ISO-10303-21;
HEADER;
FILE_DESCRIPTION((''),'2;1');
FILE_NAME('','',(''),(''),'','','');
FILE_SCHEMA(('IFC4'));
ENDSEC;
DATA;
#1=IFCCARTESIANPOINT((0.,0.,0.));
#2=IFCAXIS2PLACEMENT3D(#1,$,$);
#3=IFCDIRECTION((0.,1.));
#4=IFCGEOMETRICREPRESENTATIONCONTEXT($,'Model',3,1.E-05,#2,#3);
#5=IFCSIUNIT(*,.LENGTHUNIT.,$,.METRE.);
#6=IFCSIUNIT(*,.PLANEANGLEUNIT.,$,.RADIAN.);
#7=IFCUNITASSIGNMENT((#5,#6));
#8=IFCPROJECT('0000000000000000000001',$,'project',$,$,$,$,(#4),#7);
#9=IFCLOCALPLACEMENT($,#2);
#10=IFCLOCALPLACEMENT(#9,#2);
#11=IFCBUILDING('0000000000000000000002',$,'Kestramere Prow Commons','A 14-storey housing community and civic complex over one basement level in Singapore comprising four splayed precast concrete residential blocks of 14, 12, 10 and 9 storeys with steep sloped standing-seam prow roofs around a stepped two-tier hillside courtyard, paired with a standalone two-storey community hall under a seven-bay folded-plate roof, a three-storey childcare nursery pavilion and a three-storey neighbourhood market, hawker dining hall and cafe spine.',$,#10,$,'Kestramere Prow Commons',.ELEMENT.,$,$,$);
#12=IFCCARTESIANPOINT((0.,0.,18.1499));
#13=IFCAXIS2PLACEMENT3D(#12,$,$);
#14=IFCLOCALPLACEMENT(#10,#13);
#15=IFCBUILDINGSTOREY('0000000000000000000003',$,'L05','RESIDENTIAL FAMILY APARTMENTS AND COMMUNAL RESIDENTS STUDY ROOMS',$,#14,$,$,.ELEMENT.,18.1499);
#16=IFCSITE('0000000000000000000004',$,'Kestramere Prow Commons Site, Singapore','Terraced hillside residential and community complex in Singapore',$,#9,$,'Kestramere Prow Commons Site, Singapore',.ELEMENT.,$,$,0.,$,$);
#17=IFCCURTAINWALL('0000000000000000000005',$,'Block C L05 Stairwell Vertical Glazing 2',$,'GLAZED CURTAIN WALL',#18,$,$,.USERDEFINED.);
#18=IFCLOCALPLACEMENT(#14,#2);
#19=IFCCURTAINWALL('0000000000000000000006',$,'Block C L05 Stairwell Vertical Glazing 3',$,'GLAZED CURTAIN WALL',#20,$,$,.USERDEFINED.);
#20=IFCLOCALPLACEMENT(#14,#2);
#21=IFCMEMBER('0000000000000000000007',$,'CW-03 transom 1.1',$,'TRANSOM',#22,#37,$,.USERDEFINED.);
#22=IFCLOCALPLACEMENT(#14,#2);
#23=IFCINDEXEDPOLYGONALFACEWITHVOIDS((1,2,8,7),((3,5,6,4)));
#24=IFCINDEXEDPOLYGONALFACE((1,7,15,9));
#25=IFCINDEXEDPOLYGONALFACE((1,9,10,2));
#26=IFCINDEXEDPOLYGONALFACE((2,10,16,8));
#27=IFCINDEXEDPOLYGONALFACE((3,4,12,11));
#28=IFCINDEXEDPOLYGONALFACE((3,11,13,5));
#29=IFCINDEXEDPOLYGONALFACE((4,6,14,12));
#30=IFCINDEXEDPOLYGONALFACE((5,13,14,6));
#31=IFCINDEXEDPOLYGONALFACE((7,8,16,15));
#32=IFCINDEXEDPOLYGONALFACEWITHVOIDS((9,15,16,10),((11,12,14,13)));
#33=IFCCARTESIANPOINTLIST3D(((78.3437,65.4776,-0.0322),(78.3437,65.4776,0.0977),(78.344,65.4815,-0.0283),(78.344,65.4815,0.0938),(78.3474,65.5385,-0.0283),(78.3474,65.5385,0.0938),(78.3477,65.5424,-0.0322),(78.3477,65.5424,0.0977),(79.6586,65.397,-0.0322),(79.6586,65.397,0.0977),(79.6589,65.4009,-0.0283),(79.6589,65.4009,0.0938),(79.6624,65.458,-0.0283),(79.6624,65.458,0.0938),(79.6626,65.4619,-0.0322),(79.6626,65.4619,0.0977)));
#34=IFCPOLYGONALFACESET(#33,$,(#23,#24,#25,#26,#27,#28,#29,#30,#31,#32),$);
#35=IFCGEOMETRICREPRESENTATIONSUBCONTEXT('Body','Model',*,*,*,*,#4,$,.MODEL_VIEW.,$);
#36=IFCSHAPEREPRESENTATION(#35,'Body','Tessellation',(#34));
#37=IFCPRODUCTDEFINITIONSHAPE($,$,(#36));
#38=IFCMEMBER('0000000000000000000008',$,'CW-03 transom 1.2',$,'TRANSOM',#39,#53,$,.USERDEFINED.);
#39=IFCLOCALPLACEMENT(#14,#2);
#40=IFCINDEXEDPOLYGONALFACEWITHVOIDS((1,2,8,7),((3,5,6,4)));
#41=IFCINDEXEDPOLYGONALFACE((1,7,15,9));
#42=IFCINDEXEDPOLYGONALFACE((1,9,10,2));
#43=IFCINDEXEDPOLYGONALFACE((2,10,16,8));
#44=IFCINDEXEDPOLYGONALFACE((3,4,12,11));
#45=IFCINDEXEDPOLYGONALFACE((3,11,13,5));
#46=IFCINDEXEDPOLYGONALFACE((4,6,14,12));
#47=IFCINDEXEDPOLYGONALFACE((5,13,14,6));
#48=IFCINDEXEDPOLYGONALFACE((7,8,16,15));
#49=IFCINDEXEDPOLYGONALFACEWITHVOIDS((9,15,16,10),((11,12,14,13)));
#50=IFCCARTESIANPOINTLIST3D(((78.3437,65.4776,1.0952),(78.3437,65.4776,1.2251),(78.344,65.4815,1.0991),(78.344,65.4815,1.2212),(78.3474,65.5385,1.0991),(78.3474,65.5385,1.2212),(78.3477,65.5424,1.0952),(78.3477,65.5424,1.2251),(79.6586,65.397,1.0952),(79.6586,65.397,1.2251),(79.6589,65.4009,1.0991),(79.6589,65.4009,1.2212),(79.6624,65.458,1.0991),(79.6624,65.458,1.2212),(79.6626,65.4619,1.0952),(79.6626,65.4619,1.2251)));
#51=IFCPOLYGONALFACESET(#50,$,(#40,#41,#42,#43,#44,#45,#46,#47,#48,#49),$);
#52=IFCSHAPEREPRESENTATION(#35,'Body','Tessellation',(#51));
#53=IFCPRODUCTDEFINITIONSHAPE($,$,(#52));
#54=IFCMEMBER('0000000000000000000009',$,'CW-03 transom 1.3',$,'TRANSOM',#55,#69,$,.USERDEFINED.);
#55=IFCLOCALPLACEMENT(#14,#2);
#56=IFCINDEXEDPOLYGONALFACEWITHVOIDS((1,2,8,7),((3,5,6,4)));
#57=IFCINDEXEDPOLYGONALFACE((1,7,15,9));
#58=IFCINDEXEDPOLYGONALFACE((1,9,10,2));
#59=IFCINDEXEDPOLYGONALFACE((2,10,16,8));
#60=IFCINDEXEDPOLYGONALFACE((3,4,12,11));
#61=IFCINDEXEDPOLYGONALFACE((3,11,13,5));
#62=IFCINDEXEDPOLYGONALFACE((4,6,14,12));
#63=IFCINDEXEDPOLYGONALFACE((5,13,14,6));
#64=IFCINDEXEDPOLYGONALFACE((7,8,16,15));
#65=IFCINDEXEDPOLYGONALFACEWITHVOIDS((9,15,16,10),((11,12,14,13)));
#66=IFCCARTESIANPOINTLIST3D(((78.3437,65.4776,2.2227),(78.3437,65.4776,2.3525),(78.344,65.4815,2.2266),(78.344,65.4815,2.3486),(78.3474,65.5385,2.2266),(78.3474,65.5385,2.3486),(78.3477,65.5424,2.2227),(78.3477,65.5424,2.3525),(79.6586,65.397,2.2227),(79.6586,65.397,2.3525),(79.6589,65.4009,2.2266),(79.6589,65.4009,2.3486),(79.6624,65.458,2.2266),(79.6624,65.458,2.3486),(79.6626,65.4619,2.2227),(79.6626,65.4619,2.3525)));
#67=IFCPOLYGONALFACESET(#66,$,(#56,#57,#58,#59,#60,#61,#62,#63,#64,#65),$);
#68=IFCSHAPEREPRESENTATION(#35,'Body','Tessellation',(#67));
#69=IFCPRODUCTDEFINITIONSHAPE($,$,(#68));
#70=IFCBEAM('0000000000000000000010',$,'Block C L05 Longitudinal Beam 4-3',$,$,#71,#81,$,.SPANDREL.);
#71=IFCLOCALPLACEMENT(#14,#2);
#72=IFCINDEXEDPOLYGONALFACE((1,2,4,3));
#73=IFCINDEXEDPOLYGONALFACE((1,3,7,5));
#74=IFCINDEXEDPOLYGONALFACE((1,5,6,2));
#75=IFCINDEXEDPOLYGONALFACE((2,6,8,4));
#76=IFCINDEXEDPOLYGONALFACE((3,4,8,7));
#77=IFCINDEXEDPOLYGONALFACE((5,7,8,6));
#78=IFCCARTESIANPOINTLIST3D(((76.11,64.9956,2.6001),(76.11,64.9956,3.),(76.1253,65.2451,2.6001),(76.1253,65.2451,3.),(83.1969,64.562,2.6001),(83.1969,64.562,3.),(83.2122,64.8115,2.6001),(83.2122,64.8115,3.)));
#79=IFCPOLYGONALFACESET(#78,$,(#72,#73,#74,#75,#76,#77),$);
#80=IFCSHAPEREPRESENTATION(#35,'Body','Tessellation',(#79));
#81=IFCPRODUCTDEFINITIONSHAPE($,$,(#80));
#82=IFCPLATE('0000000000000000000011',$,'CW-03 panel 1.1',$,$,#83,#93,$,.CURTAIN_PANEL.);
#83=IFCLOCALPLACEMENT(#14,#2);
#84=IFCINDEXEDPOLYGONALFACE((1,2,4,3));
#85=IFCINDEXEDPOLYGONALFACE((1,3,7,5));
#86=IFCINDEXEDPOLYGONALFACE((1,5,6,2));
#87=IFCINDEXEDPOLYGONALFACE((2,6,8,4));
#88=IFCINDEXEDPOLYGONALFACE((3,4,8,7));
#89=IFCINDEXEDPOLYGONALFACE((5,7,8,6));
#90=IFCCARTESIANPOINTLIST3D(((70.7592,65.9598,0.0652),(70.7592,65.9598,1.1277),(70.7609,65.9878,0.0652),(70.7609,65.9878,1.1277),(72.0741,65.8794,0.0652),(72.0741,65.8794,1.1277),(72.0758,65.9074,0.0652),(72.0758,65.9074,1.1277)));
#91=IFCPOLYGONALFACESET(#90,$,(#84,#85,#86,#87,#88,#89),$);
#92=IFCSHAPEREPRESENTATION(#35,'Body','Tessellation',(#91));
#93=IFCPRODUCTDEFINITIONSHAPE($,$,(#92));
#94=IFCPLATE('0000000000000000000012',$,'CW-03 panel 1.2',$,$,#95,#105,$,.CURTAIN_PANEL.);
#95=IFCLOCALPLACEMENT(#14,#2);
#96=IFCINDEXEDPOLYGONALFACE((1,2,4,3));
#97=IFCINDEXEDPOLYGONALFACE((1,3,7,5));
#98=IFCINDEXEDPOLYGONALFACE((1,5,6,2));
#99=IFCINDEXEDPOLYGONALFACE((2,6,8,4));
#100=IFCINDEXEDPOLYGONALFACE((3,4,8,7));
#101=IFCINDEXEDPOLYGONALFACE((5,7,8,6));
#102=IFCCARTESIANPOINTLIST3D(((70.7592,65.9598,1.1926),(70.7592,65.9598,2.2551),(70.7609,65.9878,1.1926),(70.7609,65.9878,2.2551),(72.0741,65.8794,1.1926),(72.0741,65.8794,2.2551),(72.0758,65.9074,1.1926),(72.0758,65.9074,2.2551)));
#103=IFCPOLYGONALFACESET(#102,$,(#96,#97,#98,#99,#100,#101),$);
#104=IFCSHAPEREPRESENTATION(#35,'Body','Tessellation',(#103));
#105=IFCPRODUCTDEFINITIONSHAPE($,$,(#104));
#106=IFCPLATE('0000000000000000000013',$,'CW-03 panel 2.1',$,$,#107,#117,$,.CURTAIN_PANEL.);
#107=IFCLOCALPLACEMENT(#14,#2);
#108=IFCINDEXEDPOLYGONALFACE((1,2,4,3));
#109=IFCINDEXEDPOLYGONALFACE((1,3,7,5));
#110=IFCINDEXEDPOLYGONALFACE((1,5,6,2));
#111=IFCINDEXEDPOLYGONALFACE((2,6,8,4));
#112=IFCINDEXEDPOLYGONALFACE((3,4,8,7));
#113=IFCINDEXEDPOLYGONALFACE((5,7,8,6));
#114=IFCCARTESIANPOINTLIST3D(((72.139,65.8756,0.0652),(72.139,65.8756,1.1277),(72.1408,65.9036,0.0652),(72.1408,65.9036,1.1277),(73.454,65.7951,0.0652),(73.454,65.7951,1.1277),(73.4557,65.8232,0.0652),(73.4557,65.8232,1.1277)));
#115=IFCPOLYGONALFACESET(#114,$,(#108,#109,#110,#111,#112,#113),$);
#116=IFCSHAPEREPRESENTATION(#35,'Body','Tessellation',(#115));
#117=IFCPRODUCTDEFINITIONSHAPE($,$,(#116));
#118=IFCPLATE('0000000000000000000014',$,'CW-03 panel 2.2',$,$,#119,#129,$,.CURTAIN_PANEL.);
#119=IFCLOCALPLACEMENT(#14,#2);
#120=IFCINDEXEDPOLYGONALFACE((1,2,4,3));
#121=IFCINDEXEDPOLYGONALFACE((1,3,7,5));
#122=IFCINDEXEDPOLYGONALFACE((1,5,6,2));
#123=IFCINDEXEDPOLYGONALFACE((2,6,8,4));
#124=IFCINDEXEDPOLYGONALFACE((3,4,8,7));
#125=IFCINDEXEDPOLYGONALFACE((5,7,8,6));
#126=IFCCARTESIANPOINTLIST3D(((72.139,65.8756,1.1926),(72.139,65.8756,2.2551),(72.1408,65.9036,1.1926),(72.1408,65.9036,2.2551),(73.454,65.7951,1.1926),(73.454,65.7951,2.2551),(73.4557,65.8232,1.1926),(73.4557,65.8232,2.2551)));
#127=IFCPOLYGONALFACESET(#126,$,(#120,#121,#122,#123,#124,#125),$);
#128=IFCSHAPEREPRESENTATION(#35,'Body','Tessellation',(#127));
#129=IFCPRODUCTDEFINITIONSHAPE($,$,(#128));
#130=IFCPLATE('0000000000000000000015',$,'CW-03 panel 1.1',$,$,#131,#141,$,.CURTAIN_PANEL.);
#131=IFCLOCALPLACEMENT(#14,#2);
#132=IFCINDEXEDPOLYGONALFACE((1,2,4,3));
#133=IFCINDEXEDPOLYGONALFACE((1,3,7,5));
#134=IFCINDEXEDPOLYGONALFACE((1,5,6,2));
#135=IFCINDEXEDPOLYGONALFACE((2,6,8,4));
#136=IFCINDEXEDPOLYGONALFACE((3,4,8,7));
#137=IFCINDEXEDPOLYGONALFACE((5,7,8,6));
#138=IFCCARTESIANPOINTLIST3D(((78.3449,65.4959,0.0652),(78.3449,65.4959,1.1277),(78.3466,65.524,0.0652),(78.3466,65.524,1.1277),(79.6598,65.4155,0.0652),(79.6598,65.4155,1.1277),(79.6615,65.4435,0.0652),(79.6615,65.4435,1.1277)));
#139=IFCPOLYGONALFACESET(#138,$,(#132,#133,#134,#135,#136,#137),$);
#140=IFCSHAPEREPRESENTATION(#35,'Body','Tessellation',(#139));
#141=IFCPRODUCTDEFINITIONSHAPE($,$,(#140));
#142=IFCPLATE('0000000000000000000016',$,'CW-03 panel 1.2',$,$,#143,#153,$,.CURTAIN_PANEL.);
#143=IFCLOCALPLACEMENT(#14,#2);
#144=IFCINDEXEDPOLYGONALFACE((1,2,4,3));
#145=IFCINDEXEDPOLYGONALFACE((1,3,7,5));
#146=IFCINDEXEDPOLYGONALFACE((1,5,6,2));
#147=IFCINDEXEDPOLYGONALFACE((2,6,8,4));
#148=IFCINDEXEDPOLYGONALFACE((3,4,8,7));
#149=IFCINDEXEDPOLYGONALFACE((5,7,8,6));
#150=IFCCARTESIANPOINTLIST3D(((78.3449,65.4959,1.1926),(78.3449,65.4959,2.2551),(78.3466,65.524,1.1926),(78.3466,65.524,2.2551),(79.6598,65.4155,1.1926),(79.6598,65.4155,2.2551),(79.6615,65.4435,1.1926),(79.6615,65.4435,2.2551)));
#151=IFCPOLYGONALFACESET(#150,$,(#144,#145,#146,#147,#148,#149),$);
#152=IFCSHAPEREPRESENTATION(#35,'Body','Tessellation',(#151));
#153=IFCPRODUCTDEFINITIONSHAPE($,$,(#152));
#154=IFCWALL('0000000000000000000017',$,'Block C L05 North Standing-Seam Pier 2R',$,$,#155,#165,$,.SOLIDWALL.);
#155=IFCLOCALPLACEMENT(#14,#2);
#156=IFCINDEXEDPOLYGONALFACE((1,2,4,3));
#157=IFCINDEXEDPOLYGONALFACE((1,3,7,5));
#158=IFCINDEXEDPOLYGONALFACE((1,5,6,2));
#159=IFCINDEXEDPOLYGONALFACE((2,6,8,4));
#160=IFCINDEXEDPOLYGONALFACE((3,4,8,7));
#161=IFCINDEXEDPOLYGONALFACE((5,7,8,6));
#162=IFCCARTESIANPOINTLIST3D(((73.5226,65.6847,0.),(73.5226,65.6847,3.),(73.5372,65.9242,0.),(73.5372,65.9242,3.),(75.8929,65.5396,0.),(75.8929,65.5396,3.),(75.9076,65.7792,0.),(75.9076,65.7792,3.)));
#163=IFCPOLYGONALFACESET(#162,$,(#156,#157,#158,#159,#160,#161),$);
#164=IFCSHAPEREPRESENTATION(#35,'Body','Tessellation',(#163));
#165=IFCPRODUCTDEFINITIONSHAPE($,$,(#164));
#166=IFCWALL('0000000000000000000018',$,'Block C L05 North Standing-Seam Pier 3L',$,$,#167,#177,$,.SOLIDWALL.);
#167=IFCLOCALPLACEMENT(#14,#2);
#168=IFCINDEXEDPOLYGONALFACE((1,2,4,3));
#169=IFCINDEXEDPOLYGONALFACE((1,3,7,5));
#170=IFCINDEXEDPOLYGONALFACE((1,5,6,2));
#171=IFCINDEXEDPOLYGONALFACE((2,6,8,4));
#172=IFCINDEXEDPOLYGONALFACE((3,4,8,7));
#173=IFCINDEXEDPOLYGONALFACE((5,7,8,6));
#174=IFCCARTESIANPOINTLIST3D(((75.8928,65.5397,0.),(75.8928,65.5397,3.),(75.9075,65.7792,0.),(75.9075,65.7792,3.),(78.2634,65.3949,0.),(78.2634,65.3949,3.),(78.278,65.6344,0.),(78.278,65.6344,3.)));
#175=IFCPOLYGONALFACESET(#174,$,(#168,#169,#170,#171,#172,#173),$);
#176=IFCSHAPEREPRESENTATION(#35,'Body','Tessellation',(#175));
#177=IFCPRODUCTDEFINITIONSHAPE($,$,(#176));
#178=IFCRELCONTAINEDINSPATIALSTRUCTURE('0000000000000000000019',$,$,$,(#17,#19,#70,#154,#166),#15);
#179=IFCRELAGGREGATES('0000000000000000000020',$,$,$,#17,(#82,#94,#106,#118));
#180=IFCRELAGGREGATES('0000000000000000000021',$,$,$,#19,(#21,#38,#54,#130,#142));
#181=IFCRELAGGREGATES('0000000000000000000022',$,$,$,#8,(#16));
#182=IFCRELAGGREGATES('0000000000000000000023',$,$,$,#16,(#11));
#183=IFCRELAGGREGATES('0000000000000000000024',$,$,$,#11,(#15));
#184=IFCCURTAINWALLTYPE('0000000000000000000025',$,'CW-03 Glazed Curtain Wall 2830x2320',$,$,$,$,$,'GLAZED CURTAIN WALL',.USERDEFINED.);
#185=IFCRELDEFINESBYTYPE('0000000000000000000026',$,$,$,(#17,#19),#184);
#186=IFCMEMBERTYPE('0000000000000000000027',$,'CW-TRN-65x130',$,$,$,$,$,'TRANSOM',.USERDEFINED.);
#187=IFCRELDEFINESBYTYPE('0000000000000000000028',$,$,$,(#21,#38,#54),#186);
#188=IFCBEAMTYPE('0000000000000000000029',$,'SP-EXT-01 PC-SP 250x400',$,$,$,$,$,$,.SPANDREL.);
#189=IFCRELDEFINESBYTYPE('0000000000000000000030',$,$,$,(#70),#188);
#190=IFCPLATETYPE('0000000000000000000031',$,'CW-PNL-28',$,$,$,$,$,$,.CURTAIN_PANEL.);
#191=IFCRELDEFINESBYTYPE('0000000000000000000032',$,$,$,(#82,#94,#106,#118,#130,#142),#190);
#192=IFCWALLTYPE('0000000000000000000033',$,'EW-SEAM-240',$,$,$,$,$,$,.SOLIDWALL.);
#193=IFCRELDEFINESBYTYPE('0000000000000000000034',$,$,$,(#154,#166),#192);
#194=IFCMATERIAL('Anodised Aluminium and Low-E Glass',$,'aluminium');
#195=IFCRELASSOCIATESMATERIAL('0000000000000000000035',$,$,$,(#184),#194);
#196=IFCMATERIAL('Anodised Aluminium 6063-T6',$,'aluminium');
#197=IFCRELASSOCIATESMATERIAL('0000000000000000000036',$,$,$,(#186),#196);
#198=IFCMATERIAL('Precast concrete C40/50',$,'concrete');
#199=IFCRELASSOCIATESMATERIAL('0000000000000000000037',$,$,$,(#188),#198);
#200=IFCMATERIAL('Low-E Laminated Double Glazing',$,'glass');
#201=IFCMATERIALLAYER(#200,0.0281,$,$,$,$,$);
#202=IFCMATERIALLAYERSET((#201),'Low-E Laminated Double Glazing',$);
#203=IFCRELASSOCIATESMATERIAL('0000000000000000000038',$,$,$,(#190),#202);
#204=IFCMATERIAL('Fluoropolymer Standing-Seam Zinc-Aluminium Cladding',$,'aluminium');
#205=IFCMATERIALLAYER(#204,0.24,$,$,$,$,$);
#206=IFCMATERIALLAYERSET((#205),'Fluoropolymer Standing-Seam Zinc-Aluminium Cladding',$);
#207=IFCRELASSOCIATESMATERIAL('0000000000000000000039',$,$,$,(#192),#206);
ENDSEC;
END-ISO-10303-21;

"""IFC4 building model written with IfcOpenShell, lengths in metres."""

from ifc_helpers import new_model, si_unit, direction, frame, frame_2d, origin, origin_2d, place, context, subcontext, project, spatial, rectangle, hollow_rectangle, extrude, material, layer, layer_set, material_profile, profile_set, type_object, element, aggregate, save


model = new_model("IFC4")

# Units and contexts
model_context = context("Model", 3, precision=1e-05, world=origin(), true_north=direction((0.0, 1.0)))
body_context = subcontext(model_context, "Body", "Model", "MODEL_VIEW")
ifc_project = project(units=[si_unit("LENGTHUNIT", "METRE"), si_unit("PLANEANGLEUNIT", "RADIAN")], contexts=[model_context])

# Site, building, storey
site_placement = place(None, origin())
site = spatial("IfcSite", under=ifc_project, at=site_placement, Name="Kestramere Prow Commons Site, Singapore", Description="Terraced hillside residential and community complex in Singapore", LongName="Kestramere Prow Commons Site, Singapore", CompositionType="ELEMENT", RefElevation=0.0)
building_placement = place(site_placement, origin())
building = spatial("IfcBuilding", under=site, at=building_placement, Name="Kestramere Prow Commons", Description="A 14-storey housing community and civic complex over one basement level in Singapore comprising four splayed precast concrete residential blocks of 14, 12, 10 and 9 storeys with steep sloped standing-seam prow roofs around a stepped two-tier hillside courtyard, paired with a standalone two-storey community hall under a seven-bay folded-plate roof, a three-storey childcare nursery pavilion and a three-storey neighbourhood market, hawker dining hall and cafe spine.", LongName="Kestramere Prow Commons", CompositionType="ELEMENT")
storey_placement = place(building_placement, frame((0.0, 0.0, 18.1499)))
storey = spatial("IfcBuildingStorey", under=building, at=storey_placement, Name="L05", Description="RESIDENTIAL FAMILY APARTMENTS AND COMMUNAL RESIDENTS STUDY ROOMS", CompositionType="ELEMENT", Elevation=18.1499)

# Shared definitions
ifc_material_1 = material(Name="Precast concrete C40/50", Category="concrete")

# Curtain wall
ifc_material_2 = material(Name="Anodised Aluminium and Low-E Glass", Category="aluminium")
curtain_wall_type = type_object("IfcCurtainWallType", Name="CW-03 Glazed Curtain Wall 2830x2320", ElementType="GLAZED CURTAIN WALL", PredefinedType="USERDEFINED", material=ifc_material_2)
curtain_wall_1_placement = place(storey_placement, origin())
curtain_wall_1 = element("IfcCurtainWall", 1, at=curtain_wall_1_placement, inside=storey, type_object=curtain_wall_type, Name="Block C L05 Stairwell Vertical Glazing 2", ObjectType="GLAZED CURTAIN WALL", PredefinedType="USERDEFINED")
ifc_material_3 = material(Name="Anodised Aluminium 6063-T6", Category="aluminium")

# Curtain wall
curtain_wall_2_placement = place(storey_placement, origin())
curtain_wall_2 = element("IfcCurtainWall", 2, at=curtain_wall_2_placement, inside=storey, type_object=curtain_wall_type, Name="Block C L05 Stairwell Vertical Glazing 3", ObjectType="GLAZED CURTAIN WALL", PredefinedType="USERDEFINED")

# Members
ifc_material_profile_1 = material_profile(ifc_material_3, hollow_rectangle(XDim=0.0649, YDim=0.1299, WallThickness=0.0039, at=origin_2d()), Name="ALU-TRN 65x130")
ifc_profile_set_1 = profile_set([ifc_material_profile_1], Name="Anodised Aluminium 6063-T6")
member_type_1 = type_object("IfcMemberType", Name="CW-TRN-65x130", ElementType="TRANSOM", PredefinedType="USERDEFINED", material=ifc_profile_set_1)
member_1_placement = place(storey_placement, frame((78.3457, 65.51, 0.0327), z_axis=(0.998128, -0.061155, 0.0), x_axis=(0.061155, 0.998128, 0.0)))
member_1 = element("IfcMember", 3, at=member_1_placement, type_object=member_type_1, Name="CW-03 transom 1.1", ObjectType="TRANSOM", PredefinedType="USERDEFINED", context=body_context, shape_type="SweptSolid", body=[
    extrude(hollow_rectangle(XDim=0.0649, YDim=0.1299, WallThickness=0.0039, at=origin_2d()), origin(), (0.0, 0.0, 1.0), 1.3174),
])
member_2_placement = place(storey_placement, frame((78.3457, 65.51, 1.1602), z_axis=(0.998128, -0.061155, 0.0), x_axis=(0.061155, 0.998128, 0.0)))
member_2 = element("IfcMember", 4, at=member_2_placement, type_object=member_type_1, Name="CW-03 transom 1.2", ObjectType="TRANSOM", PredefinedType="USERDEFINED", context=body_context, shape_type="SweptSolid", body=[
    extrude(hollow_rectangle(XDim=0.0649, YDim=0.1299, WallThickness=0.0039, at=origin_2d()), origin(), (0.0, 0.0, 1.0), 1.3174),
])
member_3_placement = place(storey_placement, frame((78.3457, 65.51, 2.2876), z_axis=(0.998128, -0.061155, 0.0), x_axis=(0.061155, 0.998128, 0.0)))
member_3 = element("IfcMember", 5, at=member_3_placement, type_object=member_type_1, Name="CW-03 transom 1.3", ObjectType="TRANSOM", PredefinedType="USERDEFINED", context=body_context, shape_type="SweptSolid", body=[
    extrude(hollow_rectangle(XDim=0.0649, YDim=0.1299, WallThickness=0.0039, at=origin_2d()), origin(), (0.0, 0.0, 1.0), 1.3174),
])

# Beam
ifc_material_profile_2 = material_profile(ifc_material_1, rectangle(XDim=0.25, YDim=0.3999, at=origin_2d()), Name="PC-SP 250x400")
ifc_profile_set_2 = profile_set([ifc_material_profile_2], Name="Precast concrete C40/50")
beam_type = type_object("IfcBeamType", Name="SP-EXT-01 PC-SP 250x400", PredefinedType="SPANDREL", material=ifc_profile_set_2)
beam_placement = place(storey_placement, frame((76.1177, 65.1204, 2.8), z_axis=(0.998134, -0.061068, 0.0), x_axis=(0.061068, 0.998134, 0.0)))
element("IfcBeam", 6, at=beam_placement, inside=storey, type_object=beam_type, Name="Block C L05 Longitudinal Beam 4-3", PredefinedType="SPANDREL", context=body_context, shape_type="SweptSolid", body=[
    extrude(rectangle(XDim=0.25, YDim=0.3999, at=origin_2d()), origin(), (0.0, 0.0, 1.0), 7.1001),
])

# Plates
ifc_material_4 = material(Name="Low-E Laminated Double Glazing", Category="glass")
ifc_layer_1 = layer(ifc_material_4, 0.0281)
ifc_layer_set_1 = layer_set([ifc_layer_1], Name="Low-E Laminated Double Glazing")
plate_type = type_object("IfcPlateType", Name="CW-PNL-28", PredefinedType="CURTAIN_PANEL", material=ifc_layer_set_1)
plate_1_placement = place(storey_placement, frame((71.4175, 65.9336, 0.0652), z_axis=(0.0, 0.0, 1.0), x_axis=(0.998135, -0.061048, 0.0)))
plate_1 = element("IfcPlate", 7, at=plate_1_placement, type_object=plate_type, Name="CW-03 panel 1.1", PredefinedType="CURTAIN_PANEL", context=body_context, shape_type="SweptSolid", body=[
    extrude(rectangle(XDim=1.3174, YDim=0.0281, at=origin_2d()), origin(), (0.0, 0.0, 1.0), 1.0625),
])
plate_2_placement = place(storey_placement, frame((71.4175, 65.9336, 1.1926), z_axis=(0.0, 0.0, 1.0), x_axis=(0.998135, -0.061048, 0.0)))
plate_2 = element("IfcPlate", 8, at=plate_2_placement, type_object=plate_type, Name="CW-03 panel 1.2", PredefinedType="CURTAIN_PANEL", context=body_context, shape_type="SweptSolid", body=[
    extrude(rectangle(XDim=1.3174, YDim=0.0281, at=origin_2d()), origin(), (0.0, 0.0, 1.0), 1.0625),
])
plate_3_placement = place(storey_placement, frame((72.7974, 65.8494, 0.0652), z_axis=(0.0, 0.0, 1.0), x_axis=(0.998135, -0.061048, 0.0)))
plate_3 = element("IfcPlate", 9, at=plate_3_placement, type_object=plate_type, Name="CW-03 panel 2.1", PredefinedType="CURTAIN_PANEL", context=body_context, shape_type="SweptSolid", body=[
    extrude(rectangle(XDim=1.3174, YDim=0.0281, at=origin_2d()), origin(), (0.0, 0.0, 1.0), 1.0625),
])
plate_4_placement = place(storey_placement, frame((72.7974, 65.8494, 1.1926), z_axis=(0.0, 0.0, 1.0), x_axis=(0.998135, -0.061048, 0.0)))
plate_4 = element("IfcPlate", 10, at=plate_4_placement, type_object=plate_type, Name="CW-03 panel 2.2", PredefinedType="CURTAIN_PANEL", context=body_context, shape_type="SweptSolid", body=[
    extrude(rectangle(XDim=1.3174, YDim=0.0281, at=origin_2d()), origin(), (0.0, 0.0, 1.0), 1.0625),
])
aggregate(curtain_wall_1, [plate_1, plate_2, plate_3, plate_4])
plate_5_placement = place(storey_placement, frame((79.0032, 65.4697, 0.0652), z_axis=(0.0, 0.0, 1.0), x_axis=(0.998135, -0.061048, 0.0)))
plate_5 = element("IfcPlate", 11, at=plate_5_placement, type_object=plate_type, Name="CW-03 panel 1.1", PredefinedType="CURTAIN_PANEL", context=body_context, shape_type="SweptSolid", body=[
    extrude(rectangle(XDim=1.3174, YDim=0.0281, at=origin_2d()), origin(), (0.0, 0.0, 1.0), 1.0625),
])
plate_6_placement = place(storey_placement, frame((79.0032, 65.4697, 1.1926), z_axis=(0.0, 0.0, 1.0), x_axis=(0.998135, -0.061048, 0.0)))
plate_6 = element("IfcPlate", 12, at=plate_6_placement, type_object=plate_type, Name="CW-03 panel 1.2", PredefinedType="CURTAIN_PANEL", context=body_context, shape_type="SweptSolid", body=[
    extrude(rectangle(XDim=1.3174, YDim=0.0281, at=origin_2d()), origin(), (0.0, 0.0, 1.0), 1.0625),
])
aggregate(curtain_wall_2, [member_1, member_2, member_3, plate_5, plate_6])

# Walls
ifc_material_5 = material(Name="Fluoropolymer Standing-Seam Zinc-Aluminium Cladding", Category="aluminium")
ifc_layer_2 = layer(ifc_material_5, 0.24)
ifc_layer_set_2 = layer_set([ifc_layer_2], Name="Fluoropolymer Standing-Seam Zinc-Aluminium Cladding")
wall_type_1 = type_object("IfcWallType", Name="EW-SEAM-240", PredefinedType="SOLIDWALL", material=ifc_layer_set_2)
wall_1_placement = place(storey_placement, frame((73.5298, 65.8044, 0.0), z_axis=(0.0, 0.0, 1.0), x_axis=(0.998134, -0.061066, 0.0)))
element("IfcWall", 13, at=wall_1_placement, inside=storey, type_object=wall_type_1, Name="Block C L05 North Standing-Seam Pier 2R", PredefinedType="SOLIDWALL", context=body_context, shape_type="SweptSolid", body=[
    extrude(rectangle(XDim=2.3748, YDim=0.24, at=frame_2d((1.1875, 0.0))), origin(), (0.0, 0.0, 1.0), 3.0),
])
wall_2_placement = place(storey_placement, frame((75.9001, 65.6594, 0.0), z_axis=(0.0, 0.0, 1.0), x_axis=(0.99814, -0.060957, 0.0)))
element("IfcWall", 14, at=wall_2_placement, inside=storey, type_object=wall_type_1, Name="Block C L05 North Standing-Seam Pier 3L", PredefinedType="SOLIDWALL", context=body_context, shape_type="SweptSolid", body=[
    extrude(rectangle(XDim=2.375, YDim=0.24, at=frame_2d((1.1875, 0.0))), origin(), (0.0, 0.0, 1.0), 3.0),
])

save(model, "model.ifc")
